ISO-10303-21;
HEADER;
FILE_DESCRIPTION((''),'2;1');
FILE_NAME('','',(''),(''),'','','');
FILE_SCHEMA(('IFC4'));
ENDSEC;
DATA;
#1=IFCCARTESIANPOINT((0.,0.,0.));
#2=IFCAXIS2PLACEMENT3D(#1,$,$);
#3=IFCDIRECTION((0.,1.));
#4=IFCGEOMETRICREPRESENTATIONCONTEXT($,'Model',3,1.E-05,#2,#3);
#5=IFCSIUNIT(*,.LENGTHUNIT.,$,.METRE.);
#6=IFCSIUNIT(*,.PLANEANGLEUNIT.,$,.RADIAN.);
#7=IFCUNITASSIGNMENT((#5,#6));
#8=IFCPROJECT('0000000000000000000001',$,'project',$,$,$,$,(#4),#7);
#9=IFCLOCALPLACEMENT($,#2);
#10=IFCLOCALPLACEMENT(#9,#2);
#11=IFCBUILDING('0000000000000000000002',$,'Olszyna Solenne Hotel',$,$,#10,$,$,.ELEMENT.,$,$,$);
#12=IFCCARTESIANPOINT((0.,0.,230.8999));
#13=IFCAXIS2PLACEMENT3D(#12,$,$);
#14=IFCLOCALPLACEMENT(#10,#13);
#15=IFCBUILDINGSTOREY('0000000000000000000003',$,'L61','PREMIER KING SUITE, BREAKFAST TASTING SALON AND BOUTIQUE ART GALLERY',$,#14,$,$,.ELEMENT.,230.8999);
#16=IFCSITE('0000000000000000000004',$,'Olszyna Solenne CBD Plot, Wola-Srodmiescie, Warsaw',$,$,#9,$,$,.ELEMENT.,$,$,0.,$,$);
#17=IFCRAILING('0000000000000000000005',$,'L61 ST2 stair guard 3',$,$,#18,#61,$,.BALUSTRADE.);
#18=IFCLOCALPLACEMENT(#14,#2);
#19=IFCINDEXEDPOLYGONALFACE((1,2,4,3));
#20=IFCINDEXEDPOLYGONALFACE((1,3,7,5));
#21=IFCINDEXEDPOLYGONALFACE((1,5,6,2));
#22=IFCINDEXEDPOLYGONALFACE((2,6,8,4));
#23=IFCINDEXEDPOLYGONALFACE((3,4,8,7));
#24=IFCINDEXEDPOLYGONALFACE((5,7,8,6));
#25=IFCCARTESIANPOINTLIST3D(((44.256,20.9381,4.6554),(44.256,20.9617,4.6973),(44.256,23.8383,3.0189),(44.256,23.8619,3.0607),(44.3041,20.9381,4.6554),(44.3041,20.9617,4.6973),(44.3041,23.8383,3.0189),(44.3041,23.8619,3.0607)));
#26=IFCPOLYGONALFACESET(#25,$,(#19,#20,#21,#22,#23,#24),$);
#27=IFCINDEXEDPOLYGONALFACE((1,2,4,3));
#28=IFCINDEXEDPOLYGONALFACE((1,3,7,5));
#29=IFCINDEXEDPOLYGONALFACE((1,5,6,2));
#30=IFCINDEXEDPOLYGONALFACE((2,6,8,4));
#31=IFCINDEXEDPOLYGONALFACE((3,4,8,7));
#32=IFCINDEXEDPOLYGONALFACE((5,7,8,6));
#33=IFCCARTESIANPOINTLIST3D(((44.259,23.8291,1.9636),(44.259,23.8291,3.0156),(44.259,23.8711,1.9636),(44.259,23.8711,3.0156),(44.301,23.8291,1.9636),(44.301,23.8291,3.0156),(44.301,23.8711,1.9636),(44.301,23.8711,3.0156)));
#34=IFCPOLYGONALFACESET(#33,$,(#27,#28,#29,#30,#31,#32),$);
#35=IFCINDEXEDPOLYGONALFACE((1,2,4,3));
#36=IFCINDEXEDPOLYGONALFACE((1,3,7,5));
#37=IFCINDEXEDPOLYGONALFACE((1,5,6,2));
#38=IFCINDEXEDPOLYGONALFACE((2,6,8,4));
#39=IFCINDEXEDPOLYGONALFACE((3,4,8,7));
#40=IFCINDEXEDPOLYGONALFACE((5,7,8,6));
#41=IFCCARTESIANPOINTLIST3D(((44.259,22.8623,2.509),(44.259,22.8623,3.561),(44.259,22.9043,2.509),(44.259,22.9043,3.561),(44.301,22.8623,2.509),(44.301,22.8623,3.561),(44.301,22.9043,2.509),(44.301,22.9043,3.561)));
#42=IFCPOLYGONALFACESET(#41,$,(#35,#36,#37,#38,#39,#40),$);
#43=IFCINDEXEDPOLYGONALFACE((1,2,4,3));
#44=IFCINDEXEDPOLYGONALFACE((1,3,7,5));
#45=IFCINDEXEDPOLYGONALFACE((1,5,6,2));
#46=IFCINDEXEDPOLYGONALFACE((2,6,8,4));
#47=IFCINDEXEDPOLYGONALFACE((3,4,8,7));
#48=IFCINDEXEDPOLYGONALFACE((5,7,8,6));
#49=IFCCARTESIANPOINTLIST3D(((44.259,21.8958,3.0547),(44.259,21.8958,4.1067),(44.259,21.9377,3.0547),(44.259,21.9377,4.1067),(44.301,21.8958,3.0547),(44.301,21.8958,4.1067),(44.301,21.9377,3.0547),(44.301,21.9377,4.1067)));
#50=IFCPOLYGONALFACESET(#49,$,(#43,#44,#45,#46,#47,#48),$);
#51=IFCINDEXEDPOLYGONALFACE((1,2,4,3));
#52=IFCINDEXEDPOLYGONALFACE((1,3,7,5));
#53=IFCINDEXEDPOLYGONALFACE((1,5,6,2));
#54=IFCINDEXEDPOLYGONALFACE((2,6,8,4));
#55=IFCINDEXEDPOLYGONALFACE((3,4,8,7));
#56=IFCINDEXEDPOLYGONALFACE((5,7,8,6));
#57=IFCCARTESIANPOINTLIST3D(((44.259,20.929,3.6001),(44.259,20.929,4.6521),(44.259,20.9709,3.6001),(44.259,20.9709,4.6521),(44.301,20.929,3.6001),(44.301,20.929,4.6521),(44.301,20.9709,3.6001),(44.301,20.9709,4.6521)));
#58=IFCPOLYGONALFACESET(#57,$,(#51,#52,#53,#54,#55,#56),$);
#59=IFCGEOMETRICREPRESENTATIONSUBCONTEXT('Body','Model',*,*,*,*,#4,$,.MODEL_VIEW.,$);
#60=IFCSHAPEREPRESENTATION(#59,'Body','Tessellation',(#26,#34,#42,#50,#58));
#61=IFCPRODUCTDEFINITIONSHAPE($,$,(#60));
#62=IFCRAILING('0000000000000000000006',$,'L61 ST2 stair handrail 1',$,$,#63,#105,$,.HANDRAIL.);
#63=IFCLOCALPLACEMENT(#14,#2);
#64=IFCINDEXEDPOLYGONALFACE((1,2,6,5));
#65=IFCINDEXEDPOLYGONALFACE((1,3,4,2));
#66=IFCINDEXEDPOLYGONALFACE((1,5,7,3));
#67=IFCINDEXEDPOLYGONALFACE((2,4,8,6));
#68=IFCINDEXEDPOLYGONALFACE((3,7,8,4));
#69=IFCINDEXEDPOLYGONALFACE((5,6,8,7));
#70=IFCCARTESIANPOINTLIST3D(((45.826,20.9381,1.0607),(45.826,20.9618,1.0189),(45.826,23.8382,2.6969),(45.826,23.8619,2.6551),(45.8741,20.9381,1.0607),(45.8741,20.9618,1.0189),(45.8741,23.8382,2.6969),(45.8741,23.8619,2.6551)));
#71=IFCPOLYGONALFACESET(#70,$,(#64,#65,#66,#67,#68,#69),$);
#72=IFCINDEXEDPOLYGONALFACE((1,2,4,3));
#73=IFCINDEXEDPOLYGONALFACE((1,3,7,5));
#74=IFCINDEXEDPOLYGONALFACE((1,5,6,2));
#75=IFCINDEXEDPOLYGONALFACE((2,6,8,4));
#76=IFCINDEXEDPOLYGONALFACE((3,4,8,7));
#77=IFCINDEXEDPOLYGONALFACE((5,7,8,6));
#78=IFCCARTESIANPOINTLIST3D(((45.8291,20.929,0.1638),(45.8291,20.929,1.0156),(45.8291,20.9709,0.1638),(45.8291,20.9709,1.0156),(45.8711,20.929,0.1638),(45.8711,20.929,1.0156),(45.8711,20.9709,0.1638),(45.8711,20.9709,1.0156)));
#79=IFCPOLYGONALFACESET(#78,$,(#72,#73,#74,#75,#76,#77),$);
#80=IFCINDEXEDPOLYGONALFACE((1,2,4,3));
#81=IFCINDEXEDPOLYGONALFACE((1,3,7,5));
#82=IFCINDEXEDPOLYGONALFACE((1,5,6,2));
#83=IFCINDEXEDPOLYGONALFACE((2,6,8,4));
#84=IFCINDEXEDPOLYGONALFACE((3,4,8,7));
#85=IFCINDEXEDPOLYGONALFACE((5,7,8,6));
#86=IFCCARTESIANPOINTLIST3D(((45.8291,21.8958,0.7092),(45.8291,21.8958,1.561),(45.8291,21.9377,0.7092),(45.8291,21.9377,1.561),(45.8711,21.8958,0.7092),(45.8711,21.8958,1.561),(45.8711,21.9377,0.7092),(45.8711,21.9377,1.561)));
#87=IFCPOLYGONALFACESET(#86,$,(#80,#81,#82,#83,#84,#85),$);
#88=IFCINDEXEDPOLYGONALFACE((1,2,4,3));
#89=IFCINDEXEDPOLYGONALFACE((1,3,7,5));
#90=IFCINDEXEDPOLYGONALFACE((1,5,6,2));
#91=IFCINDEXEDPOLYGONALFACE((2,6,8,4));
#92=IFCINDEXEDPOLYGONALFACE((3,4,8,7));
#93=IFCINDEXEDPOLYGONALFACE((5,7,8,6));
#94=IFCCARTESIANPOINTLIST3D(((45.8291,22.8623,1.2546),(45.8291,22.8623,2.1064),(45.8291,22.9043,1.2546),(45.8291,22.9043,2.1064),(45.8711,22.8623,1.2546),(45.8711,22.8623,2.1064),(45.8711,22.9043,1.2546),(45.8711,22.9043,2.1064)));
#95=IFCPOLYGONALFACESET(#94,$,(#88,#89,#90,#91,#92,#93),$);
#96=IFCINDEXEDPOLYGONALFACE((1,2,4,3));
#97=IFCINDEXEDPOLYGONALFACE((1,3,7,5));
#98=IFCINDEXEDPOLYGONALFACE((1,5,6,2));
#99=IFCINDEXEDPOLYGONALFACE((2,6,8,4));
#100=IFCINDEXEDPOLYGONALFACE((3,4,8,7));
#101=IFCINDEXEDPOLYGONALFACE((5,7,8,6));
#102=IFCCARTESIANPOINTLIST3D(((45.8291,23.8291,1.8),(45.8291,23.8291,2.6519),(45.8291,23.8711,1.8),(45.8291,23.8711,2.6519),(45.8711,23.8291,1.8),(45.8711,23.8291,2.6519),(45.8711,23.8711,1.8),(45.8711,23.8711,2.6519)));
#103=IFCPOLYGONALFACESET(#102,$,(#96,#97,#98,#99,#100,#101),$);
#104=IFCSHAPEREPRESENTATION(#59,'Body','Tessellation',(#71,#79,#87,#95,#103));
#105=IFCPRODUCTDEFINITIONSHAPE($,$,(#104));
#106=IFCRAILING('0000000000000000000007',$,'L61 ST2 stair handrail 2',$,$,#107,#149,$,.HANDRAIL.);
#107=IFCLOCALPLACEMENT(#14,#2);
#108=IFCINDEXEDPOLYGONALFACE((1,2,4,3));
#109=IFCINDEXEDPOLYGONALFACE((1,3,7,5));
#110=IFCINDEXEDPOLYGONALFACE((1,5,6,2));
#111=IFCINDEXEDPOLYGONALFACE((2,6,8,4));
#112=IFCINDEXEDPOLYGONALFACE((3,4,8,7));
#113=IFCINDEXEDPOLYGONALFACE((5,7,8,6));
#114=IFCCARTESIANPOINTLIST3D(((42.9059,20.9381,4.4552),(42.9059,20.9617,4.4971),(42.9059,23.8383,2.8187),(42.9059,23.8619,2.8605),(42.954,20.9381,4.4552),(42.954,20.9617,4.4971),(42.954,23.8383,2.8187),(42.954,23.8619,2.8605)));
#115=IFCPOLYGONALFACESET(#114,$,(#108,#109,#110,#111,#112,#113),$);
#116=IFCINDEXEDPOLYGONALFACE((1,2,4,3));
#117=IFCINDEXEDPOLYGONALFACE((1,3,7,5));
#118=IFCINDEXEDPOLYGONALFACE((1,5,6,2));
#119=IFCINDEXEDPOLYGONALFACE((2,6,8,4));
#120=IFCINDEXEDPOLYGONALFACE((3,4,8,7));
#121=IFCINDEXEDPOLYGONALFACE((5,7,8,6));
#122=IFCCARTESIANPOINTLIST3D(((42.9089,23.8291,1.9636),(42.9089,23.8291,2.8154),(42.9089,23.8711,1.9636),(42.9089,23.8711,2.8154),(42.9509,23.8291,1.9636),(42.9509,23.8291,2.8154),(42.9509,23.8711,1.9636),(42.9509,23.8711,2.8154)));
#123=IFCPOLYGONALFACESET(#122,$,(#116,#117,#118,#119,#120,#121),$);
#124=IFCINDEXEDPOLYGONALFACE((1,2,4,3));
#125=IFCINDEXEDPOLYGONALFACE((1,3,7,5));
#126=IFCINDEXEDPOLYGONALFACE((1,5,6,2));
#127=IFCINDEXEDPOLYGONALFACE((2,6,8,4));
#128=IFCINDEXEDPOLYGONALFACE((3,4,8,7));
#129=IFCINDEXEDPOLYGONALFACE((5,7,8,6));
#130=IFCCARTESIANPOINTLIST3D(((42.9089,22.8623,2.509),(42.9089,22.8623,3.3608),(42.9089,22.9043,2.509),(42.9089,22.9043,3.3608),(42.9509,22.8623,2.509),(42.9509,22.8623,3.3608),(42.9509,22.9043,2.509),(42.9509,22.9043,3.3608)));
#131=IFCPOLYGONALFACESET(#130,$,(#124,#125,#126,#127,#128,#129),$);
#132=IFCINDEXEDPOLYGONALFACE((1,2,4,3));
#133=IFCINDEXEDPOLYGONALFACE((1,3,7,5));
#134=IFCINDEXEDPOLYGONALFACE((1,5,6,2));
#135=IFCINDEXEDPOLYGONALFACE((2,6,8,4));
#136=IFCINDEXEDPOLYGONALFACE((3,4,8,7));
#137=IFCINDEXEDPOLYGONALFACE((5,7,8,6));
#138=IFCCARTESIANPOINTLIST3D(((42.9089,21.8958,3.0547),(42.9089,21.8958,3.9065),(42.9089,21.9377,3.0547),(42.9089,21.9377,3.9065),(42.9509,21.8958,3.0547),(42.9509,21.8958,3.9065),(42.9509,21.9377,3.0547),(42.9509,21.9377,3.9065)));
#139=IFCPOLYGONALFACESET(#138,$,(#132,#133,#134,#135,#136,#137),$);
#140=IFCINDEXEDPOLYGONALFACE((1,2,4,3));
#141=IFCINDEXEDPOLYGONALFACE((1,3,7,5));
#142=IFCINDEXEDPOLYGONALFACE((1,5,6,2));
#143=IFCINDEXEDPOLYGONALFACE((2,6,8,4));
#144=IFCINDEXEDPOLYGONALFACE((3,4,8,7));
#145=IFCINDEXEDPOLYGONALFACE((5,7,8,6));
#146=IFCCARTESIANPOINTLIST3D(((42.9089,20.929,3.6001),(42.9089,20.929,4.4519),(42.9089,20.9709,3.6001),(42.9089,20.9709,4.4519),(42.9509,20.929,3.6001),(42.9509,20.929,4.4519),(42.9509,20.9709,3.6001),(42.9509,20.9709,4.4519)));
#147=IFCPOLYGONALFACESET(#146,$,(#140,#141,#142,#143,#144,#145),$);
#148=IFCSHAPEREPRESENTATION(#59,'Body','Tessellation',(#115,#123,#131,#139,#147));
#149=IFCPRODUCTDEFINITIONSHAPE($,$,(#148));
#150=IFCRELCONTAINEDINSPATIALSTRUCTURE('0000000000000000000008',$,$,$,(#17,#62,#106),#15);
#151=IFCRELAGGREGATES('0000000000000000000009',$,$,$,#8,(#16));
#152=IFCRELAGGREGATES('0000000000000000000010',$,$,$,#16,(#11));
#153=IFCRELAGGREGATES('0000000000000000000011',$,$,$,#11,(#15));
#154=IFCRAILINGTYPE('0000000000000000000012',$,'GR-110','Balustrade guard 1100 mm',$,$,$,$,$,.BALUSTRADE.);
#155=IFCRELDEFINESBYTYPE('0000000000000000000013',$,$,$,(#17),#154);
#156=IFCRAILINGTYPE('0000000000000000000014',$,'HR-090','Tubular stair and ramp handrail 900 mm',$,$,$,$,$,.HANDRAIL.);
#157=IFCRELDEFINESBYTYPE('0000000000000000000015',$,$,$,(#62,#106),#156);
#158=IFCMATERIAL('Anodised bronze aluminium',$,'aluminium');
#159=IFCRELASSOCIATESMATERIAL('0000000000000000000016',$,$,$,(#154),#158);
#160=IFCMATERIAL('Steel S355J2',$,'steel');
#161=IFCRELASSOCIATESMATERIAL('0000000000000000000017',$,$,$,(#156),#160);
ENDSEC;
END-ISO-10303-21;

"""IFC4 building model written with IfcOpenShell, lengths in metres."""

from ifc_helpers import new_model, si_unit, direction, frame, origin, origin_2d, place, context, subcontext, project, spatial, rectangle, extrude, material, type_object, element, save


model = new_model("IFC4")

# Units and contexts
model_context = context("Model", 3, precision=1e-05, world=origin(), true_north=direction((0.0, 1.0)))
body_context = subcontext(model_context, "Body", "Model", "MODEL_VIEW")
ifc_project = project(units=[si_unit("LENGTHUNIT", "METRE"), si_unit("PLANEANGLEUNIT", "RADIAN")], contexts=[model_context])

# Site, building, storey
site_placement = place(None, origin())
site = spatial("IfcSite", under=ifc_project, at=site_placement, Name="Olszyna Solenne CBD Plot, Wola-Srodmiescie, Warsaw", CompositionType="ELEMENT", RefElevation=0.0)
building_placement = place(site_placement, origin())
building = spatial("IfcBuilding", under=site, at=building_placement, Name="Olszyna Solenne Hotel", CompositionType="ELEMENT")
storey_placement = place(building_placement, frame((0.0, 0.0, 230.8999)))
storey = spatial("IfcBuildingStorey", under=building, at=storey_placement, Name="L61", Description="PREMIER KING SUITE, BREAKFAST TASTING SALON AND BOUTIQUE ART GALLERY", CompositionType="ELEMENT", Elevation=230.8999)

# Shared definitions
ifc_material_1 = material(Name="Steel S355J2", Category="steel")

# Shared definitions
ifc_material_2 = material(Name="Anodised bronze aluminium", Category="aluminium")

# Railings
railing_type_1 = type_object("IfcRailingType", Name="GR-110", Description="Balustrade guard 1100 mm", PredefinedType="BALUSTRADE", material=ifc_material_2)
railing_1_placement = place(storey_placement, frame((44.28, 23.8501, 1.9636)))
element("IfcRailing", 1, at=railing_1_placement, inside=storey, type_object=railing_type_1, Name="L61 ST2 stair guard 3", PredefinedType="BALUSTRADE", context=body_context, shape_type="SweptSolid", body=[
    extrude(rectangle(XDim=0.0481, YDim=0.0481, at=origin_2d()), frame((0.0, 0.0, 1.0762), z_axis=(0.0, -0.870915, 0.491434), x_axis=(1.0, 0.0, 0.0)), (0.0, 0.0, 1.0), 3.3301),
    extrude(rectangle(XDim=0.042, YDim=0.042, at=origin_2d()), origin(), (0.0, 0.0, 1.0), 1.052),
    extrude(rectangle(XDim=0.042, YDim=0.042, at=origin_2d()), frame((0.0, -0.9668, 0.5454)), (0.0, 0.0, 1.0), 1.052),
    extrude(rectangle(XDim=0.042, YDim=0.042, at=origin_2d()), frame((0.0, -1.9333, 1.0911)), (0.0, 0.0, 1.0), 1.052),
    extrude(rectangle(XDim=0.042, YDim=0.042, at=origin_2d()), frame((0.0, -2.9001, 1.6365)), (0.0, 0.0, 1.0), 1.052),
])
railing_type_2 = type_object("IfcRailingType", Name="HR-090", Description="Tubular stair and ramp handrail 900 mm", PredefinedType="HANDRAIL", material=ifc_material_1)
railing_2_placement = place(storey_placement, frame((45.8501, 20.95, 0.1638)))
element("IfcRailing", 2, at=railing_2_placement, inside=storey, type_object=railing_type_2, Name="L61 ST2 stair handrail 1", PredefinedType="HANDRAIL", context=body_context, shape_type="SweptSolid", body=[
    extrude(rectangle(XDim=0.0481, YDim=0.0481, at=origin_2d()), frame((0.0, 0.0, 0.876), z_axis=(0.0, 0.870946, 0.491378), x_axis=(-1.0, 0.0, 0.0)), (0.0, 0.0, 1.0), 3.3298),
    extrude(rectangle(XDim=0.042, YDim=0.042, at=origin_2d()), origin(), (0.0, 0.0, 1.0), 0.8518),
    extrude(rectangle(XDim=0.042, YDim=0.042, at=origin_2d()), frame((0.0, 0.9668, 0.5454)), (0.0, 0.0, 1.0), 0.8518),
    extrude(rectangle(XDim=0.042, YDim=0.042, at=origin_2d()), frame((0.0, 1.9333, 1.0908)), (0.0, 0.0, 1.0), 0.8518),
    extrude(rectangle(XDim=0.042, YDim=0.042, at=origin_2d()), frame((0.0, 2.9001, 1.6362)), (0.0, 0.0, 1.0), 0.8518),
])
railing_3_placement = place(storey_placement, frame((42.9299, 23.8501, 1.9636)))
element("IfcRailing", 3, at=railing_3_placement, inside=storey, type_object=railing_type_2, Name="L61 ST2 stair handrail 2", PredefinedType="HANDRAIL", context=body_context, shape_type="SweptSolid", body=[
    extrude(rectangle(XDim=0.0481, YDim=0.0481, at=origin_2d()), frame((0.0, 0.0, 0.876), z_axis=(0.0, -0.870915, 0.491434), x_axis=(1.0, 0.0, 0.0)), (0.0, 0.0, 1.0), 3.3301),
    extrude(rectangle(XDim=0.042, YDim=0.042, at=origin_2d()), origin(), (0.0, 0.0, 1.0), 0.8518),
    extrude(rectangle(XDim=0.042, YDim=0.042, at=origin_2d()), frame((0.0, -0.9668, 0.5454)), (0.0, 0.0, 1.0), 0.8518),
    extrude(rectangle(XDim=0.042, YDim=0.042, at=origin_2d()), frame((0.0, -1.9333, 1.0911)), (0.0, 0.0, 1.0), 0.8518),
    extrude(rectangle(XDim=0.042, YDim=0.042, at=origin_2d()), frame((0.0, -2.9001, 1.6365)), (0.0, 0.0, 1.0), 0.8518),
])

save(model, "model.ifc")
